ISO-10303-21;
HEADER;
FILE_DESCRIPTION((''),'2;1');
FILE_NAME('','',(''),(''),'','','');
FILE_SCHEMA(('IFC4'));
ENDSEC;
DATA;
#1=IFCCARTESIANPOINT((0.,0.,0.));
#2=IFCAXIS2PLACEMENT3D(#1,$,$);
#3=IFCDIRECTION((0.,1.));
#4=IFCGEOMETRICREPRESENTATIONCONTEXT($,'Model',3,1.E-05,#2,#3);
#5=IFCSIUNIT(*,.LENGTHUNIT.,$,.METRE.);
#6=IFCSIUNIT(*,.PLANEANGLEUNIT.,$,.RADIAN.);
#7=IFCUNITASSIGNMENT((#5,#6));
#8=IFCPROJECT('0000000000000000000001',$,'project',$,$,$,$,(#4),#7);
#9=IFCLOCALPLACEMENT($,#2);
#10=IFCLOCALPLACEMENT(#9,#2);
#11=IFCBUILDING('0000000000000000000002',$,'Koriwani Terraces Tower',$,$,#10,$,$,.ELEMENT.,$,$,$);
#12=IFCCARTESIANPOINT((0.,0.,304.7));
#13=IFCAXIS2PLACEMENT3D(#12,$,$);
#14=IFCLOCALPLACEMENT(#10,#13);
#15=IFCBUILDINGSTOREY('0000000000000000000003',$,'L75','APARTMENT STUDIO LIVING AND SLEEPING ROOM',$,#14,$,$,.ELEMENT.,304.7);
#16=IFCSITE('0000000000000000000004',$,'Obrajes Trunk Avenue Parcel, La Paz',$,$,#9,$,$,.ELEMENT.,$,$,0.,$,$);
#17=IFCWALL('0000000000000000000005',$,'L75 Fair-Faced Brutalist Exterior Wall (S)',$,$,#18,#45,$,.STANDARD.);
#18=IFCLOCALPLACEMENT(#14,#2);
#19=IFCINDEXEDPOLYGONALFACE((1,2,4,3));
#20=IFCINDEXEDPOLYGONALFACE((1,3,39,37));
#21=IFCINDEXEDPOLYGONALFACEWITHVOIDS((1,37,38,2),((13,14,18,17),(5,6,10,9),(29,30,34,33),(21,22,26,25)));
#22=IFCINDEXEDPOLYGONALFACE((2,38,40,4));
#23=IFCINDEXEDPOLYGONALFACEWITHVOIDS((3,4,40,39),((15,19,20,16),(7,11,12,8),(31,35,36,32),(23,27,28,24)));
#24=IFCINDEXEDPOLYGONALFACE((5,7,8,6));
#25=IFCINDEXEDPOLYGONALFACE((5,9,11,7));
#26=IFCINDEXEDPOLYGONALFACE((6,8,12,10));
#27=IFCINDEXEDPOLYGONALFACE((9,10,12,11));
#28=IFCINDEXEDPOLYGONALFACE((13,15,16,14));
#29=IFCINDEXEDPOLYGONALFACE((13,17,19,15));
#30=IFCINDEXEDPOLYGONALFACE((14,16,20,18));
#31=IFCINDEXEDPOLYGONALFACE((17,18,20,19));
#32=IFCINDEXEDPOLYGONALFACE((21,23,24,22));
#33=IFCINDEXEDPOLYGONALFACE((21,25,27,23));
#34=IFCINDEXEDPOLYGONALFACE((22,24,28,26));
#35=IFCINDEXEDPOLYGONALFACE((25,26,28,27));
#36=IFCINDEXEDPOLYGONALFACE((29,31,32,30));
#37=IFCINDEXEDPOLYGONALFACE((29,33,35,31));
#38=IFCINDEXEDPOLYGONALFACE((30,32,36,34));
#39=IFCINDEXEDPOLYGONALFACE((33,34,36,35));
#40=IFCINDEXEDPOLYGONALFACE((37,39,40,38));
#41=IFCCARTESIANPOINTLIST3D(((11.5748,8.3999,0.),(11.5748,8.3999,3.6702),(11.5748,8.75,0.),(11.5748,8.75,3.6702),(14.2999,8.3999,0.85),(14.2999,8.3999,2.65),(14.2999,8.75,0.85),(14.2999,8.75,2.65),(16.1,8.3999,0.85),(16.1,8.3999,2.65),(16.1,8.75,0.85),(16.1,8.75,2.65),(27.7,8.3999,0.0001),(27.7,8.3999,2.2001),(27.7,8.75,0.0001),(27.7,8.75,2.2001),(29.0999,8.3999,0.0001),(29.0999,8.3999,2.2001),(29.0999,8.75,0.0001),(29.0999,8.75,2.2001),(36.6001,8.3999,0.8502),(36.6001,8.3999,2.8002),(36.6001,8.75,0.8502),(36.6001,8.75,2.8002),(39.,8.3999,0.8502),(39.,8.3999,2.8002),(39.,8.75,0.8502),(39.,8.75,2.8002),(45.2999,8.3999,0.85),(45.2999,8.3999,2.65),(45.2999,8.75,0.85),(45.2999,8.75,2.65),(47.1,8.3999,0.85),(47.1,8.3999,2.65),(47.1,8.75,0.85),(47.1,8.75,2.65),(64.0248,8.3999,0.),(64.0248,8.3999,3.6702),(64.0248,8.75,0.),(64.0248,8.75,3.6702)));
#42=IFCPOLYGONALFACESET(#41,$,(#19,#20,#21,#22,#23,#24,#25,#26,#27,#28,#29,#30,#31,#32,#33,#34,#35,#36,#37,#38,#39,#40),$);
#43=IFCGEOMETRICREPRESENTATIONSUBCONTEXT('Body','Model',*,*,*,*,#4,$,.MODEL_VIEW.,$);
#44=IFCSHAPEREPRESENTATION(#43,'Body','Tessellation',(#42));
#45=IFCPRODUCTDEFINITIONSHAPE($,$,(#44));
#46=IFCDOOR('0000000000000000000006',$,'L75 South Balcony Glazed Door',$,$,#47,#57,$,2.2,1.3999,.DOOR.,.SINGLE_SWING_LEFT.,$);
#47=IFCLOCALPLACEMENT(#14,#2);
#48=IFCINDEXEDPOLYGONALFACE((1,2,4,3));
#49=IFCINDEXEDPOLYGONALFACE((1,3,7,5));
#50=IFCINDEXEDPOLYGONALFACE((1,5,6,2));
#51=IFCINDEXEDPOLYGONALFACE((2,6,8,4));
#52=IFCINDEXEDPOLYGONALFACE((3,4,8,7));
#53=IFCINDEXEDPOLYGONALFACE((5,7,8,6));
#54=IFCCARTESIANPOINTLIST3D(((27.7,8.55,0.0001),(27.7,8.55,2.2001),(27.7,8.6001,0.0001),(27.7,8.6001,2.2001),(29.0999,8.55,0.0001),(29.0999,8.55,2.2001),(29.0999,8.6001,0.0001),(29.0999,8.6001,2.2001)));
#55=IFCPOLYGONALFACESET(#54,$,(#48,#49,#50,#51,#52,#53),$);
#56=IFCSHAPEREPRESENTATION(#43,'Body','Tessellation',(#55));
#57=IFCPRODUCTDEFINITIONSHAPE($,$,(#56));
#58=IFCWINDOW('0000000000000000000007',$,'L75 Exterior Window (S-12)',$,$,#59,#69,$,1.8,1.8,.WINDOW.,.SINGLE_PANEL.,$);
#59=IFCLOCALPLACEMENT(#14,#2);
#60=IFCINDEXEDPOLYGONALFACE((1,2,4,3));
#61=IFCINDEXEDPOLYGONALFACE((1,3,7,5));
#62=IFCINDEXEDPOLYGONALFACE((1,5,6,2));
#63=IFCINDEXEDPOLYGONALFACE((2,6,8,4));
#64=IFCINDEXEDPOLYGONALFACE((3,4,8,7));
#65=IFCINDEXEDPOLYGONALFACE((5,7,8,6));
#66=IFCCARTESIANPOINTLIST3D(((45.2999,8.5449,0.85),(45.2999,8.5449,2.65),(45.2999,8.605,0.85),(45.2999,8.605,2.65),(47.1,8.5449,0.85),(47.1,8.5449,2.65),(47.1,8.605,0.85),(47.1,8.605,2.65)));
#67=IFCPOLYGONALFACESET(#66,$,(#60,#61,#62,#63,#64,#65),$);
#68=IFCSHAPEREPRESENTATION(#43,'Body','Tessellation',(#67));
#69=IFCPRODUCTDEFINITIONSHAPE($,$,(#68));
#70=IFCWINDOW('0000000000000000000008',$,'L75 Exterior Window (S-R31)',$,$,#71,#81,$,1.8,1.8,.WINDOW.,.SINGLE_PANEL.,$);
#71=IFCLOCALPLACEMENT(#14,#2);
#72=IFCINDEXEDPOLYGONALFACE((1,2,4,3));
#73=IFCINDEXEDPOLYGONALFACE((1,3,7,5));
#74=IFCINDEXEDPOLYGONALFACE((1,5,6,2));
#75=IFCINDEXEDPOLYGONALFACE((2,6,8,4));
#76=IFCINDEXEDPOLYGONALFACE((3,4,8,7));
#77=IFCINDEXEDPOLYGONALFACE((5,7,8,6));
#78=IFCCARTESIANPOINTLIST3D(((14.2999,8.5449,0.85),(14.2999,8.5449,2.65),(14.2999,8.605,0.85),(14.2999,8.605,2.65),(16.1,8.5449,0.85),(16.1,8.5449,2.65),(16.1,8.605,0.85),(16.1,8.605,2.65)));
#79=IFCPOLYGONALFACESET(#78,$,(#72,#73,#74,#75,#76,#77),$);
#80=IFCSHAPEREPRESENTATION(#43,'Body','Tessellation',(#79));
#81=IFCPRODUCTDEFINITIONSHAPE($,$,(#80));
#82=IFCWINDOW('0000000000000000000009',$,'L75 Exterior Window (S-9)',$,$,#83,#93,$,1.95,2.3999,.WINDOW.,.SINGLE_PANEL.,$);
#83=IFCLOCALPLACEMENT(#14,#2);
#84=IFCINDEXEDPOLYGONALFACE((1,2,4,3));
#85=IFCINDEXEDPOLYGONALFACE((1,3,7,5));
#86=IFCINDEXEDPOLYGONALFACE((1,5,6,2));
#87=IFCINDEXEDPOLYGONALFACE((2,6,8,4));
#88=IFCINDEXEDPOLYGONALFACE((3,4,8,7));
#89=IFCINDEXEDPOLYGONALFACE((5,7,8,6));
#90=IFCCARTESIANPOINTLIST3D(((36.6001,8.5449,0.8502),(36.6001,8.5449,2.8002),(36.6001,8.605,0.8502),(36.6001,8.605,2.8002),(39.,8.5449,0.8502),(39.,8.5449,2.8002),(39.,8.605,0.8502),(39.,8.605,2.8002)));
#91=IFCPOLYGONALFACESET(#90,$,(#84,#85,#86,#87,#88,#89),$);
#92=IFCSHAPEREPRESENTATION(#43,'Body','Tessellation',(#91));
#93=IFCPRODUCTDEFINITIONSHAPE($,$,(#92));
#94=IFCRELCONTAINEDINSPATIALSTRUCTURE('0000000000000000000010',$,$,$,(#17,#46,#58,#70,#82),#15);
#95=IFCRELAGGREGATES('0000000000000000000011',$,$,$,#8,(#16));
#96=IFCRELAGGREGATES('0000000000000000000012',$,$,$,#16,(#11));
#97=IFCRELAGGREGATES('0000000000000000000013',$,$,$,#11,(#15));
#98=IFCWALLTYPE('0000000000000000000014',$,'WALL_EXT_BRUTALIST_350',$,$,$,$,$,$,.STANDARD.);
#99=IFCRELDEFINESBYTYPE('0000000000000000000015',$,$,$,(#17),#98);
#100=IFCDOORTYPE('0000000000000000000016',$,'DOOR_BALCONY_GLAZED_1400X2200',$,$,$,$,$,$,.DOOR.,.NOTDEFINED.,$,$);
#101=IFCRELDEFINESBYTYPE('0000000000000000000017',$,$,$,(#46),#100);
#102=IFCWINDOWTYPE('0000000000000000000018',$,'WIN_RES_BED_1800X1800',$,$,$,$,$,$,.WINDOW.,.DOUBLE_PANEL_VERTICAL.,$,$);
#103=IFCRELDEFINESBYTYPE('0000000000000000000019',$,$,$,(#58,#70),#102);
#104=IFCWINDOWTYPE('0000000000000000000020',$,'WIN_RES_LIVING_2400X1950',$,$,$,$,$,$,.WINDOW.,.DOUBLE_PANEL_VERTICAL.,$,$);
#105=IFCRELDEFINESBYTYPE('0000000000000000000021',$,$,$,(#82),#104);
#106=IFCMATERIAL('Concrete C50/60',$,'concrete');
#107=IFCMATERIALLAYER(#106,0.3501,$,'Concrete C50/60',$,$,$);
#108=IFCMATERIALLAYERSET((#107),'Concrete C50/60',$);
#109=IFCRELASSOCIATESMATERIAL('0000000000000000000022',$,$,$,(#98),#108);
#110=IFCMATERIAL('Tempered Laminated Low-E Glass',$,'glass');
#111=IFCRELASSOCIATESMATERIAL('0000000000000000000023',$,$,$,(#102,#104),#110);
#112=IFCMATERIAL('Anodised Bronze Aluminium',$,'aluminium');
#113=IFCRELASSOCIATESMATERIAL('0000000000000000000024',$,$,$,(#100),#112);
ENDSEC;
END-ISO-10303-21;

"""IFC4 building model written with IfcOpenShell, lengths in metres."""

from ifc_helpers import new_model, si_unit, direction, frame, frame_2d, origin, place, context, subcontext, project, spatial, rectangle, extrude, material, layer, layer_set, type_object, element, fill, save


model = new_model("IFC4")

# Units and contexts
model_context = context("Model", 3, precision=1e-05, world=origin(), true_north=direction((0.0, 1.0)))
body_context = subcontext(model_context, "Body", "Model", "MODEL_VIEW")
ifc_project = project(units=[si_unit("LENGTHUNIT", "METRE"), si_unit("PLANEANGLEUNIT", "RADIAN")], contexts=[model_context])

# Site, building, storey
site_placement = place(None, origin())
site = spatial("IfcSite", under=ifc_project, at=site_placement, Name="Obrajes Trunk Avenue Parcel, La Paz", CompositionType="ELEMENT", RefElevation=0.0)
building_placement = place(site_placement, origin())
building = spatial("IfcBuilding", under=site, at=building_placement, Name="Koriwani Terraces Tower", CompositionType="ELEMENT")
storey_placement = place(building_placement, frame((0.0, 0.0, 304.7)))
storey = spatial("IfcBuildingStorey", under=building, at=storey_placement, Name="L75", Description="APARTMENT STUDIO LIVING AND SLEEPING ROOM", CompositionType="ELEMENT", Elevation=304.7)

# Shared definitions
ifc_material_1 = material(Name="Concrete C50/60", Category="concrete")

# Shared definitions
ifc_layer_1 = layer(ifc_material_1, 0.3501, Name="Concrete C50/60")
ifc_layer_set_1 = layer_set([ifc_layer_1], Name="Concrete C50/60")
wall_type_1 = type_object("IfcWallType", Name="WALL_EXT_BRUTALIST_350", PredefinedType="STANDARD", material=ifc_layer_set_1)
ifc_material_2 = material(Name="Tempered Laminated Low-E Glass", Category="glass")
window_type_1 = type_object("IfcWindowType", Name="WIN_RES_BED_1800X1800", PartitioningType="DOUBLE_PANEL_VERTICAL", PredefinedType="WINDOW", material=ifc_material_2)

# Wall, openings, door, windows
wall_1_placement = place(storey_placement, frame((64.0249, 8.575, 0.0), z_axis=(0.0, 0.0, 1.0), x_axis=(-1.0, 0.0, 0.0)))
wall_1 = element("IfcWall", 1, at=wall_1_placement, inside=storey, type_object=wall_type_1, Name="L75 Fair-Faced Brutalist Exterior Wall (S)", PredefinedType="STANDARD", context=body_context, shape_type="SweptSolid", body=[
    extrude(rectangle(XDim=52.45, YDim=0.3501, at=frame_2d((26.2251, 0.0))), origin(), (0.0, 0.0, 1.0), 3.6702),
])
opening_1_placement = place(wall_1_placement, frame((34.925, 0.0, 0.0)))
opening_1 = element("IfcOpeningElement", 2, at=opening_1_placement, cuts=wall_1, PredefinedType="OPENING", context=body_context, shape_type="SweptSolid", body=[
    extrude(rectangle(XDim=1.3999, YDim=2.2, at=frame_2d((0.7, 1.1001))), frame((0.0, 0.1851, 0.0), z_axis=(0.0, -1.0, 0.0), x_axis=(1.0, 0.0, 0.0)), (0.0, 0.0, 1.0), 0.3701),
])
opening_2_placement = place(wall_1_placement, frame((25.0249, 0.0, 0.8501)))
opening_2 = element("IfcOpeningElement", 3, at=opening_2_placement, cuts=wall_1, PredefinedType="OPENING", context=body_context, shape_type="SweptSolid", body=[
    extrude(rectangle(XDim=2.3999, YDim=1.95, at=frame_2d((1.2, 0.9751))), frame((0.0, 0.1851, 0.0), z_axis=(0.0, -1.0, 0.0), x_axis=(1.0, 0.0, 0.0)), (0.0, 0.0, 1.0), 0.3701),
])
opening_3_placement = place(wall_1_placement, frame((16.925, 0.0, 0.8501)))
opening_3 = element("IfcOpeningElement", 4, at=opening_3_placement, cuts=wall_1, PredefinedType="OPENING", context=body_context, shape_type="SweptSolid", body=[
    extrude(rectangle(XDim=1.8, YDim=1.8, at=frame_2d((0.8999, 0.8999))), frame((0.0, 0.1851, 0.0), z_axis=(0.0, -1.0, 0.0), x_axis=(1.0, 0.0, 0.0)), (0.0, 0.0, 1.0), 0.3701),
])
opening_4_placement = place(wall_1_placement, frame((47.925, 0.0, 0.8501)))
opening_4 = element("IfcOpeningElement", 5, at=opening_4_placement, cuts=wall_1, PredefinedType="OPENING", context=body_context, shape_type="SweptSolid", body=[
    extrude(rectangle(XDim=1.8, YDim=1.8, at=frame_2d((0.8999, 0.8999))), frame((0.0, 0.1851, 0.0), z_axis=(0.0, -1.0, 0.0), x_axis=(1.0, 0.0, 0.0)), (0.0, 0.0, 1.0), 0.3701),
])
ifc_material_3 = material(Name="Anodised Bronze Aluminium", Category="aluminium")
door_type_1 = type_object("IfcDoorType", Name="DOOR_BALCONY_GLAZED_1400X2200", OperationType="NOTDEFINED", PredefinedType="DOOR", material=ifc_material_3)
door_1_placement = place(opening_1_placement, origin())
door_1 = element("IfcDoor", 6, at=door_1_placement, inside=storey, type_object=door_type_1, Name="L75 South Balcony Glazed Door", OperationType="SINGLE_SWING_LEFT", OverallHeight=2.2, OverallWidth=1.3999, PredefinedType="DOOR", context=body_context, shape_type="SweptSolid", body=[
    extrude(rectangle(XDim=1.3999, YDim=2.2, at=frame_2d((0.7, 1.1001))), frame((0.0, 0.0249, 0.0), z_axis=(0.0, -1.0, 0.0), x_axis=(1.0, 0.0, 0.0)), (0.0, 0.0, 1.0), 0.05),
])
fill(opening_1, door_1)
window_1_placement = place(opening_3_placement, origin())
window_1 = element("IfcWindow", 7, at=window_1_placement, inside=storey, type_object=window_type_1, Name="L75 Exterior Window (S-12)", OverallHeight=1.8, OverallWidth=1.8, PartitioningType="SINGLE_PANEL", PredefinedType="WINDOW", context=body_context, shape_type="SweptSolid", body=[
    extrude(rectangle(XDim=1.8, YDim=1.8, at=frame_2d((0.8999, 0.8999))), frame((0.0, 0.03, 0.0), z_axis=(0.0, -1.0, 0.0), x_axis=(1.0, 0.0, 0.0)), (0.0, 0.0, 1.0), 0.0601),
])
fill(opening_3, window_1)
window_2_placement = place(opening_4_placement, origin())
window_2 = element("IfcWindow", 8, at=window_2_placement, inside=storey, type_object=window_type_1, Name="L75 Exterior Window (S-R31)", OverallHeight=1.8, OverallWidth=1.8, PartitioningType="SINGLE_PANEL", PredefinedType="WINDOW", context=body_context, shape_type="SweptSolid", body=[
    extrude(rectangle(XDim=1.8, YDim=1.8, at=frame_2d((0.8999, 0.8999))), frame((0.0, 0.03, 0.0), z_axis=(0.0, -1.0, 0.0), x_axis=(1.0, 0.0, 0.0)), (0.0, 0.0, 1.0), 0.0601),
])
fill(opening_4, window_2)
window_type_2 = type_object("IfcWindowType", Name="WIN_RES_LIVING_2400X1950", PartitioningType="DOUBLE_PANEL_VERTICAL", PredefinedType="WINDOW", material=ifc_material_2)
window_3_placement = place(opening_2_placement, origin())
window_3 = element("IfcWindow", 9, at=window_3_placement, inside=storey, type_object=window_type_2, Name="L75 Exterior Window (S-9)", OverallHeight=1.95, OverallWidth=2.3999, PartitioningType="SINGLE_PANEL", PredefinedType="WINDOW", context=body_context, shape_type="SweptSolid", body=[
    extrude(rectangle(XDim=2.3999, YDim=1.95, at=frame_2d((1.2, 0.9751))), frame((0.0, 0.03, 0.0), z_axis=(0.0, -1.0, 0.0), x_axis=(1.0, 0.0, 0.0)), (0.0, 0.0, 1.0), 0.0601),
])
fill(opening_2, window_3)

save(model, "model.ifc")
